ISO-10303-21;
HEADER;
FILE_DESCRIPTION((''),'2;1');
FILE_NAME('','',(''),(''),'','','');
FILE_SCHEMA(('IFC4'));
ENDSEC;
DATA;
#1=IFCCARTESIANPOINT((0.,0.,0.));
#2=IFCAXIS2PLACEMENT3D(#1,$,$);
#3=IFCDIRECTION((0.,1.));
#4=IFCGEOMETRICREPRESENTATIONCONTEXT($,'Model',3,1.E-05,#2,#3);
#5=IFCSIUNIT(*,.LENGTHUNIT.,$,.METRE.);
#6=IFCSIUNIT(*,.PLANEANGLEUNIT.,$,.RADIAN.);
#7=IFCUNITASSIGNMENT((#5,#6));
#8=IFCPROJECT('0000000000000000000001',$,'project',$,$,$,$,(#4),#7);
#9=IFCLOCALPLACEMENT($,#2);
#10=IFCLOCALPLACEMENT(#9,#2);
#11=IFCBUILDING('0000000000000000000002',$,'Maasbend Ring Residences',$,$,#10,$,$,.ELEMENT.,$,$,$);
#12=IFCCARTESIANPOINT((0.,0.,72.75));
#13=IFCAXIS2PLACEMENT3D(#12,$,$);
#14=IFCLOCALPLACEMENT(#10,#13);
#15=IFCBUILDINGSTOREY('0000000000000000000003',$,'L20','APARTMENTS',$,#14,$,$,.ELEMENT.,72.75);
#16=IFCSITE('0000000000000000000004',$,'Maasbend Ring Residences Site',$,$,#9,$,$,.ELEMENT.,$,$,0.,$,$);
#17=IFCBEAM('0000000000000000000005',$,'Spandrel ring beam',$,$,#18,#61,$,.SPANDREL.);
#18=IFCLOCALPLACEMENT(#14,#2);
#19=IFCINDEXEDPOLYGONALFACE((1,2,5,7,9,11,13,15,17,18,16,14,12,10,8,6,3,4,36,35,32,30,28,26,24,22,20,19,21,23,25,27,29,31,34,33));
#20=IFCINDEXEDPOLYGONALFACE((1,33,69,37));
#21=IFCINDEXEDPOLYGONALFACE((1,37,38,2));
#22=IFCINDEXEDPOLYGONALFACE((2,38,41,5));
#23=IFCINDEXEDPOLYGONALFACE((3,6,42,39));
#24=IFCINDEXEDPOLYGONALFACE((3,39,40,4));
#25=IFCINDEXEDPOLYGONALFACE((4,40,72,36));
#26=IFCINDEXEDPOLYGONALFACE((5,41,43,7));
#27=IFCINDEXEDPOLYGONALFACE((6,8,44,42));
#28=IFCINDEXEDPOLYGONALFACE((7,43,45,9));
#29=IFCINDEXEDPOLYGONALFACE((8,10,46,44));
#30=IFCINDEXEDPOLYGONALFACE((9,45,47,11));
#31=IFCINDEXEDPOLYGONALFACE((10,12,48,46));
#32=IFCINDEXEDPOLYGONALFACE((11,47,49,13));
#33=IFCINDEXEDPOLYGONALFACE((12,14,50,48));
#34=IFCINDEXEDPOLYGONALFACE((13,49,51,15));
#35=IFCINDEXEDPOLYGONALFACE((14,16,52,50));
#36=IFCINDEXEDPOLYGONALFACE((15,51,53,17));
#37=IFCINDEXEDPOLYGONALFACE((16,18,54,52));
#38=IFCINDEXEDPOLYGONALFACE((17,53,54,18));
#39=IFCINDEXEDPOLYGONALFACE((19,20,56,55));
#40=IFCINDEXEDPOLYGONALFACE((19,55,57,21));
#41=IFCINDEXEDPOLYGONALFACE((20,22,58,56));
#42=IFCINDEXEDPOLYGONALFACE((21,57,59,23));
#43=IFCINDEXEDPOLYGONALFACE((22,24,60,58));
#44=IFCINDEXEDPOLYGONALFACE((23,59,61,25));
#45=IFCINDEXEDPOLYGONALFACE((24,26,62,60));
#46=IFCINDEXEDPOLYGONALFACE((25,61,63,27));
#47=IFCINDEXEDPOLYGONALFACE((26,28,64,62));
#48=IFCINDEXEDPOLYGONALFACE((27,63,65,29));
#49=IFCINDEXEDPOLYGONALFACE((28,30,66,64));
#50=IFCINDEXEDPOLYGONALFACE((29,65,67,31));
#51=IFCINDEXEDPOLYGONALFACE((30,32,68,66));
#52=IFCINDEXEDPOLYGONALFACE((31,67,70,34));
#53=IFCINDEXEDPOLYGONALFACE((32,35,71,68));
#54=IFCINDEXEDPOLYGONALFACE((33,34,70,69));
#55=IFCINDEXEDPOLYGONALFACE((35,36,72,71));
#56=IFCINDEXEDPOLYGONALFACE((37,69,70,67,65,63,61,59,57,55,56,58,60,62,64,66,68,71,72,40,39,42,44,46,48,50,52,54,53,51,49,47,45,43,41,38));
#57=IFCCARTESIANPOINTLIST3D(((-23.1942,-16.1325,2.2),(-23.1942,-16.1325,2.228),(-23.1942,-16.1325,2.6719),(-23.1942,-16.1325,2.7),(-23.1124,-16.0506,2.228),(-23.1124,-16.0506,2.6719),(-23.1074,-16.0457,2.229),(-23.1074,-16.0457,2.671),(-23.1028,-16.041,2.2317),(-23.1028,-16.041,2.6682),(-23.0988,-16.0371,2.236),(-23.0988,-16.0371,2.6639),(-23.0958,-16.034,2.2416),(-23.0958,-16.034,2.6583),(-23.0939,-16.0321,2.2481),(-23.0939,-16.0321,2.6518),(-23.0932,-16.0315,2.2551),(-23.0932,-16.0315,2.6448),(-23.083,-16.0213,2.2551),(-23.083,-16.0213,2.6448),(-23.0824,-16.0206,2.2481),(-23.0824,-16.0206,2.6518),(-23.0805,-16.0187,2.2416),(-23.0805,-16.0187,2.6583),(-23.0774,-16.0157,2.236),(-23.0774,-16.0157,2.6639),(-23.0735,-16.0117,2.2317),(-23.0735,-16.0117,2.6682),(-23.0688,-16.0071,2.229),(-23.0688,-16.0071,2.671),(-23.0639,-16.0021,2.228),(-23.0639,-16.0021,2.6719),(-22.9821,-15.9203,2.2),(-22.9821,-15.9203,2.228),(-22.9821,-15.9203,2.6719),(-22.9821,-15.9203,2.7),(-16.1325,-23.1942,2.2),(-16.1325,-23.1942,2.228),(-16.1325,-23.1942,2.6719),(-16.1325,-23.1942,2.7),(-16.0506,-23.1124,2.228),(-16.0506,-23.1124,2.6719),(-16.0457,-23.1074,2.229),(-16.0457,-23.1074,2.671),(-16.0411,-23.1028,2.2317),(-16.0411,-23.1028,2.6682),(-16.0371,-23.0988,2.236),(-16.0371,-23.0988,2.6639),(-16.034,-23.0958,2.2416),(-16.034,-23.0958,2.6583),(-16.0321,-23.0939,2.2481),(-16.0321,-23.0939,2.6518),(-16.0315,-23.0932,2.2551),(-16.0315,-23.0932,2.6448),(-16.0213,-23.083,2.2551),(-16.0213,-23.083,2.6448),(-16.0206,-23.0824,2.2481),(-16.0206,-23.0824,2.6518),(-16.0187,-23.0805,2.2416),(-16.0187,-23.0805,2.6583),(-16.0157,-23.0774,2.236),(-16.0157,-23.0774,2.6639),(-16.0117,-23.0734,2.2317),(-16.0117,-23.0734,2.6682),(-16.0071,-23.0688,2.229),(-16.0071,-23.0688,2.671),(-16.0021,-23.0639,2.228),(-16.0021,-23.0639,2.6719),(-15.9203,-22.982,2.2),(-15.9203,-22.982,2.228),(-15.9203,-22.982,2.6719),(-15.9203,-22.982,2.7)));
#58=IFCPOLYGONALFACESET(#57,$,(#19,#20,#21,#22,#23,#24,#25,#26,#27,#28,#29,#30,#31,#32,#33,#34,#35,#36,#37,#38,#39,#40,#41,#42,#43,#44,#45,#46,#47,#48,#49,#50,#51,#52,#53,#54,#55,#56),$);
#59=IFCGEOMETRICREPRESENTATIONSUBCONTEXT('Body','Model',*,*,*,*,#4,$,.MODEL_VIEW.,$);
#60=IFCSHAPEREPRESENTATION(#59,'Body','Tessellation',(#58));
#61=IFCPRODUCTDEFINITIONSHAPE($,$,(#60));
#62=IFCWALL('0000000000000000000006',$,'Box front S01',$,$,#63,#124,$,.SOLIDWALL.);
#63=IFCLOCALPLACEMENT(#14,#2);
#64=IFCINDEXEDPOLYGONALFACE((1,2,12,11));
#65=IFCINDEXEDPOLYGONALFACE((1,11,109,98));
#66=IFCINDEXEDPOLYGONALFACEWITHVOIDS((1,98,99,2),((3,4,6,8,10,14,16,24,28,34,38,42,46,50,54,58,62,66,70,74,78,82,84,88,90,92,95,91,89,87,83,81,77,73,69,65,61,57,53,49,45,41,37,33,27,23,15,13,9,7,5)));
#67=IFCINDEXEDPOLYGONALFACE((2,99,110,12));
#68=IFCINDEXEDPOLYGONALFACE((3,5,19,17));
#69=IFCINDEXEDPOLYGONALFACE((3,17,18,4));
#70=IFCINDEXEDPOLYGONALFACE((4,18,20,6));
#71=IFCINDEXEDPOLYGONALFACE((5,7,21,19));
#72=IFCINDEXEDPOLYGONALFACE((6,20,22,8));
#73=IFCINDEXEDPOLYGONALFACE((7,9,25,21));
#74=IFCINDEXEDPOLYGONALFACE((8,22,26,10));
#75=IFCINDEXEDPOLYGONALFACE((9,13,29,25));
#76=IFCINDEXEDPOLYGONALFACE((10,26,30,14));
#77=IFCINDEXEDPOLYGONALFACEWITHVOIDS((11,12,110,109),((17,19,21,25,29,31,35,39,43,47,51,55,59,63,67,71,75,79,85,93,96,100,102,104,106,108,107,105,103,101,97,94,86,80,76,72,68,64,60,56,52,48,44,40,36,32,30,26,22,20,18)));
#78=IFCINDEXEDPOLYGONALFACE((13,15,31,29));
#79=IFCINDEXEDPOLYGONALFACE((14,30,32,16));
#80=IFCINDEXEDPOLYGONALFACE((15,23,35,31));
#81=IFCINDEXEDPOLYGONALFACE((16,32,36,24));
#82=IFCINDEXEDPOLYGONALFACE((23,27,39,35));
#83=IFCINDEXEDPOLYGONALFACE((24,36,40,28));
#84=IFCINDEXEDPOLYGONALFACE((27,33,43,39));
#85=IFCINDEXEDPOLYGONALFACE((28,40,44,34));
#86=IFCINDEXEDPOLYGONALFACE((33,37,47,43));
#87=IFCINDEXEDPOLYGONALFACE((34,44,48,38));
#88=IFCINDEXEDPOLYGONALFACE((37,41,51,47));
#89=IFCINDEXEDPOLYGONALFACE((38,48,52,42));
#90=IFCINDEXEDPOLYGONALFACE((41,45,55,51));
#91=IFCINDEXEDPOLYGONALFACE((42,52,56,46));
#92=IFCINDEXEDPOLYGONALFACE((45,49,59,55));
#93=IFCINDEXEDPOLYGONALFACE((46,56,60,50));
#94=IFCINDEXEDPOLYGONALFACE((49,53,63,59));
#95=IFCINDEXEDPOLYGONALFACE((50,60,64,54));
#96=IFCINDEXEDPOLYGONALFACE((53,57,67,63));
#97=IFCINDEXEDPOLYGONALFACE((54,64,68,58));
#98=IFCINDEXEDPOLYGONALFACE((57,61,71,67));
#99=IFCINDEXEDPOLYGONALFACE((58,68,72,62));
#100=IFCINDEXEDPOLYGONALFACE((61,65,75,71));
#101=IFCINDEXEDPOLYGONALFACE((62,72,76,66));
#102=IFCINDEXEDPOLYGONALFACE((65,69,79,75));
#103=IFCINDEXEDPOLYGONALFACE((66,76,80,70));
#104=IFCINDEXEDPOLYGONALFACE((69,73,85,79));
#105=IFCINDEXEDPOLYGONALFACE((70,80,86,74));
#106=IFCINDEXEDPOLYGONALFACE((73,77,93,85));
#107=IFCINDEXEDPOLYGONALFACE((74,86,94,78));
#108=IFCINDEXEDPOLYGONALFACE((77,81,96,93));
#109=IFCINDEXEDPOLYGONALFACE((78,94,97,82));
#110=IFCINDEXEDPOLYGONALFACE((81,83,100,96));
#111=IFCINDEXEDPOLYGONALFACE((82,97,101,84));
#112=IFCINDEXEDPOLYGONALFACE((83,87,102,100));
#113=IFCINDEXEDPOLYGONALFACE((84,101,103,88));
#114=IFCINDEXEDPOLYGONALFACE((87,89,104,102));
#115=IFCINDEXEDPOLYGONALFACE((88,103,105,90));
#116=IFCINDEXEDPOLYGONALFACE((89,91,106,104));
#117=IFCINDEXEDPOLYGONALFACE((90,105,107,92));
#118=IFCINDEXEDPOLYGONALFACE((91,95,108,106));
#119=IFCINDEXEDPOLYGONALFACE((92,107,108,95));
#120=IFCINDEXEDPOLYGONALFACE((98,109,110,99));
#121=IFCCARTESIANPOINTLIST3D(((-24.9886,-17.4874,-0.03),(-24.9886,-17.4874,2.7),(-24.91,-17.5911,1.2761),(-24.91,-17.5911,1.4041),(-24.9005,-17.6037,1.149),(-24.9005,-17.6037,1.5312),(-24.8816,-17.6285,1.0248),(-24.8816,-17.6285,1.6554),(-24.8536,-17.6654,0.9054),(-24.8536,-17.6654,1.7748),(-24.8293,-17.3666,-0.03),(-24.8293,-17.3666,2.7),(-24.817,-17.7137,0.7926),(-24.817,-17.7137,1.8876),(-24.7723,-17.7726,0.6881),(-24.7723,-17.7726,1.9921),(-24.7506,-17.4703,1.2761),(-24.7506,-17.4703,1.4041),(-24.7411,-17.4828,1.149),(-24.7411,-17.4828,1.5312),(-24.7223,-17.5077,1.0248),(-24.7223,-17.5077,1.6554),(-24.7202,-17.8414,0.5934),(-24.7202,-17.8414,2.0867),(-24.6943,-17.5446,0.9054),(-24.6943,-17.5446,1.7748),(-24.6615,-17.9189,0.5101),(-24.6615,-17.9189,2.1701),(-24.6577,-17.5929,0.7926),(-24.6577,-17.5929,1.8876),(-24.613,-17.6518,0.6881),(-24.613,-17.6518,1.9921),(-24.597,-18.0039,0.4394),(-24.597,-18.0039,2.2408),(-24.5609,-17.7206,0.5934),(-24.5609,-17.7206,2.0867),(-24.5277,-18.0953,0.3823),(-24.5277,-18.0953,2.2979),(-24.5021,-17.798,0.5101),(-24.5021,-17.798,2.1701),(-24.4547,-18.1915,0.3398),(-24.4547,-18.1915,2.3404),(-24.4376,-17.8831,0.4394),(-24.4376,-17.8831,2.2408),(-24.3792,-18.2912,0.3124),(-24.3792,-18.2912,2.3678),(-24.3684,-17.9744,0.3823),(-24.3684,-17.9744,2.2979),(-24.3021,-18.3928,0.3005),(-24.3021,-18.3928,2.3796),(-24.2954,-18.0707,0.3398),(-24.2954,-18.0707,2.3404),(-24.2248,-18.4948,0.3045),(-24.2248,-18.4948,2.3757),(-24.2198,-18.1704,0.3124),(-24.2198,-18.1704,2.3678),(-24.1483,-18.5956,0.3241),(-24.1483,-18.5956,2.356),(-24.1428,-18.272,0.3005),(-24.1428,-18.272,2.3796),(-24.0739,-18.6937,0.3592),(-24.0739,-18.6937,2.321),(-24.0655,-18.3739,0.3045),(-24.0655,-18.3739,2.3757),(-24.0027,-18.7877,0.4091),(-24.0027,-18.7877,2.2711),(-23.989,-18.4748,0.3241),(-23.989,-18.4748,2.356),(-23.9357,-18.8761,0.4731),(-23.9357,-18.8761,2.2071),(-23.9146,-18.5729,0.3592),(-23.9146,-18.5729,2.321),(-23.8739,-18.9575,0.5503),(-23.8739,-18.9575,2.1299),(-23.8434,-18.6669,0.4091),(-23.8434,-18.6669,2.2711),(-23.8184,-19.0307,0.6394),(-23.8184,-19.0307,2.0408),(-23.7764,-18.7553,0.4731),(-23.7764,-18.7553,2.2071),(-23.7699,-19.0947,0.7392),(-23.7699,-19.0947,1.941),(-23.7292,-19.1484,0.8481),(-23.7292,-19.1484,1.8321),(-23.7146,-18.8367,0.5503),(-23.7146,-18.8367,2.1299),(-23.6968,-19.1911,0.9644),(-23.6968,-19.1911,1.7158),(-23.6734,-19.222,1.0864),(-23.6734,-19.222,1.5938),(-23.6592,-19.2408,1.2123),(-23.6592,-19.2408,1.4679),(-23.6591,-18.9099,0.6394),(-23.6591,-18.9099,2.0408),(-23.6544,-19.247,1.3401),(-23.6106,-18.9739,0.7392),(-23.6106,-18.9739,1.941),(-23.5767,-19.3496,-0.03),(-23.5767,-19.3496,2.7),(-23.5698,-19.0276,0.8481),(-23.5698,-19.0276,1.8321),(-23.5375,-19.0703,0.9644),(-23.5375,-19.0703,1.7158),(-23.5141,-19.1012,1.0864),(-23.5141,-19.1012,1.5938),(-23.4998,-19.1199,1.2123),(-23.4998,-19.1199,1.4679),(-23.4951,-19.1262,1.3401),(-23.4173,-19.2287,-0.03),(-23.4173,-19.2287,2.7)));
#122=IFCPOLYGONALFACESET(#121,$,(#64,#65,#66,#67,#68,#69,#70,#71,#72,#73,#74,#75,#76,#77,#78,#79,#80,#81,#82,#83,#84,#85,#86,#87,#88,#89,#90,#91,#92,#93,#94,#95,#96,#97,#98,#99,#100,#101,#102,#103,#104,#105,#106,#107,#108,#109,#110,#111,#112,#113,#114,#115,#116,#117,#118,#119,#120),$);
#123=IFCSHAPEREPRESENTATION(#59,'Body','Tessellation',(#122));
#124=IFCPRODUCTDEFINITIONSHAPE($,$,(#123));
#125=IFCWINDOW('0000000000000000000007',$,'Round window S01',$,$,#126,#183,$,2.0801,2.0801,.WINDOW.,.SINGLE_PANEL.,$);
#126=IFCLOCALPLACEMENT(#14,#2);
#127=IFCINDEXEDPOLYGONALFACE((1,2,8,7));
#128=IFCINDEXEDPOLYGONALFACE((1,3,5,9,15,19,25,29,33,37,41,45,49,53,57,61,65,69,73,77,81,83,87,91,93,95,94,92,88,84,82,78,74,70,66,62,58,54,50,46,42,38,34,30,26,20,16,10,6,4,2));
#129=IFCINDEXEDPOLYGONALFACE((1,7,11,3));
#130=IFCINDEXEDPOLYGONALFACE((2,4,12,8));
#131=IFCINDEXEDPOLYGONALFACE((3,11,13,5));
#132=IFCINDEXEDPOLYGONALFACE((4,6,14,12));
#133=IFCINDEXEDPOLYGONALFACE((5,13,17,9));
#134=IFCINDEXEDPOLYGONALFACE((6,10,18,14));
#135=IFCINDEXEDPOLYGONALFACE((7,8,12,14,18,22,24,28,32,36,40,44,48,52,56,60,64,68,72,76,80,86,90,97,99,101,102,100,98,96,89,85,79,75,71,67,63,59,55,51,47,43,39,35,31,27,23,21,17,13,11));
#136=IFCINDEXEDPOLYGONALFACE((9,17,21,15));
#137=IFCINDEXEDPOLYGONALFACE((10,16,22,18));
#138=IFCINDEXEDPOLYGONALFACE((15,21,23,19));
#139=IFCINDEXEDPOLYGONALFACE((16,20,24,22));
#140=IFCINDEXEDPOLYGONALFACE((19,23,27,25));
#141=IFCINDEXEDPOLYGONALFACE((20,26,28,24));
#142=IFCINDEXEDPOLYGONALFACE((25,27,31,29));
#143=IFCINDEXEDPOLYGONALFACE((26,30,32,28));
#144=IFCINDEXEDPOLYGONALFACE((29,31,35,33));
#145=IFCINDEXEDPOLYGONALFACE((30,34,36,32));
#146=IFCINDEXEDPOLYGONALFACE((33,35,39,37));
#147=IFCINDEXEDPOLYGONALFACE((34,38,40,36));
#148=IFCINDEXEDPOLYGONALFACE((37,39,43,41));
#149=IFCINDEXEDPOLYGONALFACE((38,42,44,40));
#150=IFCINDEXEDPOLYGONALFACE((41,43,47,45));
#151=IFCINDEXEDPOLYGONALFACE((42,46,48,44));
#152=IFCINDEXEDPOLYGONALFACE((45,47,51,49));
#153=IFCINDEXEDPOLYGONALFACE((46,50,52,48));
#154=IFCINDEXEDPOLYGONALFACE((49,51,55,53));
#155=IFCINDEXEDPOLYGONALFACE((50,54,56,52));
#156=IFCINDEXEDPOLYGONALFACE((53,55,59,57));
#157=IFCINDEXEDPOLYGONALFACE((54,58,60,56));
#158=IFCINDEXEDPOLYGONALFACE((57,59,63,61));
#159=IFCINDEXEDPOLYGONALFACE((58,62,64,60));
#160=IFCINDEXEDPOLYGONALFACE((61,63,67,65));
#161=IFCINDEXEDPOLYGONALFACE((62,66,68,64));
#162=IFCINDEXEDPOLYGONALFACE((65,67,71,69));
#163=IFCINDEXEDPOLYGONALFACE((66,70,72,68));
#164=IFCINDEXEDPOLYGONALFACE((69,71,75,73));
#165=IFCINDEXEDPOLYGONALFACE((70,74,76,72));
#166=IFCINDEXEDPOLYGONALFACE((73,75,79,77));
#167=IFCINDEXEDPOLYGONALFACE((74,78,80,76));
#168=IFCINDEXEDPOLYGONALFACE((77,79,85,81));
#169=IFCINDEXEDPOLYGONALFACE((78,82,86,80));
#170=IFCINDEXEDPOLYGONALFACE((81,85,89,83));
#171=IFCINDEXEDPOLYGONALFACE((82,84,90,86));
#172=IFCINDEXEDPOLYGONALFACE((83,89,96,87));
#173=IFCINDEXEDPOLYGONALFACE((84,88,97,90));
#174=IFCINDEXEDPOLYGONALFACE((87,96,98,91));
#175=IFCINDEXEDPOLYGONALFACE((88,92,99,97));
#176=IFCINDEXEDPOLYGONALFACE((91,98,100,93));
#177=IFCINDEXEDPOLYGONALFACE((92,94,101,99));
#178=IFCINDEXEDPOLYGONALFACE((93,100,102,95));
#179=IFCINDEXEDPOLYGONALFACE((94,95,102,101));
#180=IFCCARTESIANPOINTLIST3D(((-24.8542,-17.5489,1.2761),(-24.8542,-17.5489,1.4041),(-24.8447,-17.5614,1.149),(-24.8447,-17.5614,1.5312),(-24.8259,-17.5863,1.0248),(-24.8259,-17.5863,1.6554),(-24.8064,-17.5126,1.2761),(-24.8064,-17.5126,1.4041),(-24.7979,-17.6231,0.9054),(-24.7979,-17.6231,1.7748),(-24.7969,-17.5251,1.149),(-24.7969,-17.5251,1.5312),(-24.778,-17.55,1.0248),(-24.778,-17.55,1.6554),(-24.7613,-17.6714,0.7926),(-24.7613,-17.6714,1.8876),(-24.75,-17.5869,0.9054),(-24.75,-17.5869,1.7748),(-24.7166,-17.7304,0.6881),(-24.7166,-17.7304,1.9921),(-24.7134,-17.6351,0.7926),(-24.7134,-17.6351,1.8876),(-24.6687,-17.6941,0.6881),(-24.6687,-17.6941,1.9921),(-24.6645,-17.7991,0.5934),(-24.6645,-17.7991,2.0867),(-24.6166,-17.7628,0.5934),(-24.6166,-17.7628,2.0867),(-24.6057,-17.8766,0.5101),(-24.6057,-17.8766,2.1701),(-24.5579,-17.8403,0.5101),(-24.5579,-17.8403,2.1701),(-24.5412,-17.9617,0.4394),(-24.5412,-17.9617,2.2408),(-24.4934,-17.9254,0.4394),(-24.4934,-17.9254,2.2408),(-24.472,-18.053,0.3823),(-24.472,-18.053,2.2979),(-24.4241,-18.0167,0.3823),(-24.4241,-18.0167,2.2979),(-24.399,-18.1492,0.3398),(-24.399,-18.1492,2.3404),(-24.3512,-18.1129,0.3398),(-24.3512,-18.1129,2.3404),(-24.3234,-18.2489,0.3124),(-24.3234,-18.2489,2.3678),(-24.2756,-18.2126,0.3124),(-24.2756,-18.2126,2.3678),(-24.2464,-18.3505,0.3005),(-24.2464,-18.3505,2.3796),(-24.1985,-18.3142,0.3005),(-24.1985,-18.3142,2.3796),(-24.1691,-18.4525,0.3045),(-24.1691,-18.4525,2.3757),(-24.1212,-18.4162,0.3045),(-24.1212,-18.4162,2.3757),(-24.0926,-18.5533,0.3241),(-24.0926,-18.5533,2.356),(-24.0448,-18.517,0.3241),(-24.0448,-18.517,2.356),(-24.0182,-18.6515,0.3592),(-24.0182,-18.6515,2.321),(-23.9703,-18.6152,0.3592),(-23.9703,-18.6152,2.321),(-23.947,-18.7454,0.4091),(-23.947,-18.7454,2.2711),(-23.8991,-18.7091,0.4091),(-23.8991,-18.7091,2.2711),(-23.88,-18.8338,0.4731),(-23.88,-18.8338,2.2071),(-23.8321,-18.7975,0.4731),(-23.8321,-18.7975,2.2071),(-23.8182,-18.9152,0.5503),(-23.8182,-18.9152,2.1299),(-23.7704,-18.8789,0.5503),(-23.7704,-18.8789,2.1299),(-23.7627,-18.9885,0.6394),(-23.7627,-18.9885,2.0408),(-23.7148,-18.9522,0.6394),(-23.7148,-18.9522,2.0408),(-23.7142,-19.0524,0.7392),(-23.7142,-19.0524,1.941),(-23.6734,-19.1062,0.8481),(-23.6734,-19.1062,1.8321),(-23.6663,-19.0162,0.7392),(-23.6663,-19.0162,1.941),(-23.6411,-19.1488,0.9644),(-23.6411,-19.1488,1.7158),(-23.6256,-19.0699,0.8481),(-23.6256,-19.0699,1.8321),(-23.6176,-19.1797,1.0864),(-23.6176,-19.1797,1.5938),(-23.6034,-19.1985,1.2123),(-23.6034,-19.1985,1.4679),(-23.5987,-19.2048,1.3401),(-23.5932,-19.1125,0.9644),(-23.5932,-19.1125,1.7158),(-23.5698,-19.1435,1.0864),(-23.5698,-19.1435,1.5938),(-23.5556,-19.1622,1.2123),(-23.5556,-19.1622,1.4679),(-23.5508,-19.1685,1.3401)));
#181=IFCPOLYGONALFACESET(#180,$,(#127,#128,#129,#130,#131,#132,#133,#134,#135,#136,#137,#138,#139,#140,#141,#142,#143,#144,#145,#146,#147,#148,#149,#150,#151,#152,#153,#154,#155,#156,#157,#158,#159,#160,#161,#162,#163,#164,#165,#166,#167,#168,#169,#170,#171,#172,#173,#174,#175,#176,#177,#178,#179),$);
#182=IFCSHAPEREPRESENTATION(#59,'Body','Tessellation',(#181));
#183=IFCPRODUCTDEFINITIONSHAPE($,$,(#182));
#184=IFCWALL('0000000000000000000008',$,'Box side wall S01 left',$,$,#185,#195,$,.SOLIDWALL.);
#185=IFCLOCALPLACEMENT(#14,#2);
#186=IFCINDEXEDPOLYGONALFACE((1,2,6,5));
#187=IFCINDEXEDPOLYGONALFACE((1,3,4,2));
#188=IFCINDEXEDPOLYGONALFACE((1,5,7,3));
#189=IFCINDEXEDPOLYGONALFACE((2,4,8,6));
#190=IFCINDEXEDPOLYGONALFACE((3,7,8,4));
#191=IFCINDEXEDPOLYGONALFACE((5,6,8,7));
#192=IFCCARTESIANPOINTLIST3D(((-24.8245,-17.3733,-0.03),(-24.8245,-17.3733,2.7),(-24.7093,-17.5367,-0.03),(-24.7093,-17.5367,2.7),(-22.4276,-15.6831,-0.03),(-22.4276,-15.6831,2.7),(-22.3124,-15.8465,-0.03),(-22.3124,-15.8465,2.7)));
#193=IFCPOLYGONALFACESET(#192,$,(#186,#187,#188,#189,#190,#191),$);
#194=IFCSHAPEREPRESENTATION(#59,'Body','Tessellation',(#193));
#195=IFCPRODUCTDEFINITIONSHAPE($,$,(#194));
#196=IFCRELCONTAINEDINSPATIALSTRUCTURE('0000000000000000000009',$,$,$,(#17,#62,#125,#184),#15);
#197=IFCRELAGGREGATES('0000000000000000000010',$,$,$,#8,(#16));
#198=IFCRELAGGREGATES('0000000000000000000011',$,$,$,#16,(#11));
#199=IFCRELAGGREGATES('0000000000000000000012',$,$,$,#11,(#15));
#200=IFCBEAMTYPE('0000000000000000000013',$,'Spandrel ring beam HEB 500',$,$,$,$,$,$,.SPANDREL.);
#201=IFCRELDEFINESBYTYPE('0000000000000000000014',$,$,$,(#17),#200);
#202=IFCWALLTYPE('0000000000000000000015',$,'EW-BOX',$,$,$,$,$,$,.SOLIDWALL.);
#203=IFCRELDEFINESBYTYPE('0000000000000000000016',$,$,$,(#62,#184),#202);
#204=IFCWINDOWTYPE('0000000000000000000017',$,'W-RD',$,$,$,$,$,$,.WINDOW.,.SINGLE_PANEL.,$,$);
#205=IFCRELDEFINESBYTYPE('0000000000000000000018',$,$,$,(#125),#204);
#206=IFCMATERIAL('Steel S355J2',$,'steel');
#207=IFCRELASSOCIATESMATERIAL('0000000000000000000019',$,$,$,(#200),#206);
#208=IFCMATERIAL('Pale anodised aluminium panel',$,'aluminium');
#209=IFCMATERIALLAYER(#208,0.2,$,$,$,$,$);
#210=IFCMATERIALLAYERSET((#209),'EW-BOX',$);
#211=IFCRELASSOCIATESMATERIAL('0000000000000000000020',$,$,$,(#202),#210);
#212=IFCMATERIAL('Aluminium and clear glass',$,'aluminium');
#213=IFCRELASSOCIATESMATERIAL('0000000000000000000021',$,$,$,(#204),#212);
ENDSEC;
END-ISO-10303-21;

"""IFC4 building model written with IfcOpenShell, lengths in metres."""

from ifc_helpers import new_model, si_unit, direction, frame, frame_2d, origin, origin_2d, place, context, subcontext, project, spatial, rectangle, circle, i_section, extrude, material, layer, layer_set, material_profile, profile_set, type_object, element, fill, save


model = new_model("IFC4")

# Units and contexts
model_context = context("Model", 3, precision=1e-05, world=origin(), true_north=direction((0.0, 1.0)))
body_context = subcontext(model_context, "Body", "Model", "MODEL_VIEW")
ifc_project = project(units=[si_unit("LENGTHUNIT", "METRE"), si_unit("PLANEANGLEUNIT", "RADIAN")], contexts=[model_context])

# Site, building, storey
site_placement = place(None, origin())
site = spatial("IfcSite", under=ifc_project, at=site_placement, Name="Maasbend Ring Residences Site", CompositionType="ELEMENT", RefElevation=0.0)
building_placement = place(site_placement, origin())
building = spatial("IfcBuilding", under=site, at=building_placement, Name="Maasbend Ring Residences", CompositionType="ELEMENT")
storey_placement = place(building_placement, frame((0.0, 0.0, 72.75)))
storey = spatial("IfcBuildingStorey", under=building, at=storey_placement, Name="L20", Description="APARTMENTS", CompositionType="ELEMENT", Elevation=72.75)

# Beam
ifc_material_1 = material(Name="Steel S355J2", Category="steel")
ifc_material_profile_1 = material_profile(ifc_material_1, i_section(OverallWidth=0.3, OverallDepth=0.5, WebThickness=0.0144, FlangeThickness=0.0281, FilletRadius=0.0271, at=origin_2d()), Name="HEB 500")
ifc_profile_set_1 = profile_set([ifc_material_profile_1], Name="Steel S355J2")
beam_type_1 = type_object("IfcBeamType", Name="Spandrel ring beam HEB 500", PredefinedType="SPANDREL", material=ifc_profile_set_1)
beam_1_placement = place(storey_placement, frame((-23.0881, -16.0264, 2.45), z_axis=(0.707107, -0.707107, 0.0), x_axis=(0.707107, 0.707107, 0.0)))
element("IfcBeam", 1, at=beam_1_placement, inside=storey, type_object=beam_type_1, Name="Spandrel ring beam", PredefinedType="SPANDREL", context=body_context, shape_type="SweptSolid", body=[
    extrude(i_section(OverallWidth=0.3, OverallDepth=0.5, WebThickness=0.0144, FlangeThickness=0.0281, FilletRadius=0.0271, at=origin_2d()), origin(), (0.0, 0.0, 1.0), 9.9868),
])

# Wall, opening, window
ifc_material_2 = material(Name="Pale anodised aluminium panel", Category="aluminium")
ifc_layer_1 = layer(ifc_material_2, 0.2)
ifc_layer_set_1 = layer_set([ifc_layer_1], Name="EW-BOX")
wall_type_1 = type_object("IfcWallType", Name="EW-BOX", PredefinedType="SOLIDWALL", material=ifc_layer_set_1)
wall_1_placement = place(storey_placement, frame((-24.9089, -17.427, -0.03), z_axis=(0.0, 0.0, 1.0), x_axis=(0.604188, -0.796842, 0.0)))
wall_1 = element("IfcWall", 2, at=wall_1_placement, inside=storey, type_object=wall_type_1, Name="Box front S01", PredefinedType="SOLIDWALL", context=body_context, shape_type="SweptSolid", body=[
    extrude(rectangle(XDim=2.3369, YDim=0.2, at=frame_2d((1.1685, 0.0))), origin(), (0.0, 0.0, 1.0), 2.73),
])
opening_1_placement = place(wall_1_placement, frame((0.1282, 0.0, 0.3301)))
opening_1 = element("IfcOpeningElement", 3, at=opening_1_placement, cuts=wall_1, PredefinedType="OPENING", context=body_context, shape_type="SweptSolid", body=[
    extrude(circle(Radius=1.04, at=frame_2d((1.04, 1.04))), frame((0.0, 0.1099, 0.0), z_axis=(0.0, -1.0, 0.0), x_axis=(1.0, 0.0, 0.0)), (0.0, 0.0, 1.0), 0.22),
])
ifc_material_3 = material(Name="Aluminium and clear glass", Category="aluminium")
window_type_1 = type_object("IfcWindowType", Name="W-RD", PartitioningType="SINGLE_PANEL", PredefinedType="WINDOW", material=ifc_material_3)
window_1_placement = place(opening_1_placement, origin())
window_1 = element("IfcWindow", 4, at=window_1_placement, inside=storey, type_object=window_type_1, Name="Round window S01", OverallHeight=2.0801, OverallWidth=2.0801, PartitioningType="SINGLE_PANEL", PredefinedType="WINDOW", context=body_context, shape_type="SweptSolid", body=[
    extrude(circle(Radius=1.04, at=frame_2d((1.04, 1.04))), frame((0.0, 0.03, 0.0), z_axis=(0.0, -1.0, 0.0), x_axis=(1.0, 0.0, 0.0)), (0.0, 0.0, 1.0), 0.0601),
])
fill(opening_1, window_1)

# Wall
wall_2_placement = place(storey_placement, frame((-22.3701, -15.7649, -0.03), z_axis=(0.0, 0.0, 1.0), x_axis=(-0.817256, -0.576275, 0.0)))
element("IfcWall", 5, at=wall_2_placement, inside=storey, type_object=wall_type_1, Name="Box side wall S01 left", PredefinedType="SOLIDWALL", context=body_context, shape_type="SweptSolid", body=[
    extrude(rectangle(XDim=2.9329, YDim=0.2, at=frame_2d((1.4663, 0.0))), origin(), (0.0, 0.0, 1.0), 2.73),
])

save(model, "model.ifc")
